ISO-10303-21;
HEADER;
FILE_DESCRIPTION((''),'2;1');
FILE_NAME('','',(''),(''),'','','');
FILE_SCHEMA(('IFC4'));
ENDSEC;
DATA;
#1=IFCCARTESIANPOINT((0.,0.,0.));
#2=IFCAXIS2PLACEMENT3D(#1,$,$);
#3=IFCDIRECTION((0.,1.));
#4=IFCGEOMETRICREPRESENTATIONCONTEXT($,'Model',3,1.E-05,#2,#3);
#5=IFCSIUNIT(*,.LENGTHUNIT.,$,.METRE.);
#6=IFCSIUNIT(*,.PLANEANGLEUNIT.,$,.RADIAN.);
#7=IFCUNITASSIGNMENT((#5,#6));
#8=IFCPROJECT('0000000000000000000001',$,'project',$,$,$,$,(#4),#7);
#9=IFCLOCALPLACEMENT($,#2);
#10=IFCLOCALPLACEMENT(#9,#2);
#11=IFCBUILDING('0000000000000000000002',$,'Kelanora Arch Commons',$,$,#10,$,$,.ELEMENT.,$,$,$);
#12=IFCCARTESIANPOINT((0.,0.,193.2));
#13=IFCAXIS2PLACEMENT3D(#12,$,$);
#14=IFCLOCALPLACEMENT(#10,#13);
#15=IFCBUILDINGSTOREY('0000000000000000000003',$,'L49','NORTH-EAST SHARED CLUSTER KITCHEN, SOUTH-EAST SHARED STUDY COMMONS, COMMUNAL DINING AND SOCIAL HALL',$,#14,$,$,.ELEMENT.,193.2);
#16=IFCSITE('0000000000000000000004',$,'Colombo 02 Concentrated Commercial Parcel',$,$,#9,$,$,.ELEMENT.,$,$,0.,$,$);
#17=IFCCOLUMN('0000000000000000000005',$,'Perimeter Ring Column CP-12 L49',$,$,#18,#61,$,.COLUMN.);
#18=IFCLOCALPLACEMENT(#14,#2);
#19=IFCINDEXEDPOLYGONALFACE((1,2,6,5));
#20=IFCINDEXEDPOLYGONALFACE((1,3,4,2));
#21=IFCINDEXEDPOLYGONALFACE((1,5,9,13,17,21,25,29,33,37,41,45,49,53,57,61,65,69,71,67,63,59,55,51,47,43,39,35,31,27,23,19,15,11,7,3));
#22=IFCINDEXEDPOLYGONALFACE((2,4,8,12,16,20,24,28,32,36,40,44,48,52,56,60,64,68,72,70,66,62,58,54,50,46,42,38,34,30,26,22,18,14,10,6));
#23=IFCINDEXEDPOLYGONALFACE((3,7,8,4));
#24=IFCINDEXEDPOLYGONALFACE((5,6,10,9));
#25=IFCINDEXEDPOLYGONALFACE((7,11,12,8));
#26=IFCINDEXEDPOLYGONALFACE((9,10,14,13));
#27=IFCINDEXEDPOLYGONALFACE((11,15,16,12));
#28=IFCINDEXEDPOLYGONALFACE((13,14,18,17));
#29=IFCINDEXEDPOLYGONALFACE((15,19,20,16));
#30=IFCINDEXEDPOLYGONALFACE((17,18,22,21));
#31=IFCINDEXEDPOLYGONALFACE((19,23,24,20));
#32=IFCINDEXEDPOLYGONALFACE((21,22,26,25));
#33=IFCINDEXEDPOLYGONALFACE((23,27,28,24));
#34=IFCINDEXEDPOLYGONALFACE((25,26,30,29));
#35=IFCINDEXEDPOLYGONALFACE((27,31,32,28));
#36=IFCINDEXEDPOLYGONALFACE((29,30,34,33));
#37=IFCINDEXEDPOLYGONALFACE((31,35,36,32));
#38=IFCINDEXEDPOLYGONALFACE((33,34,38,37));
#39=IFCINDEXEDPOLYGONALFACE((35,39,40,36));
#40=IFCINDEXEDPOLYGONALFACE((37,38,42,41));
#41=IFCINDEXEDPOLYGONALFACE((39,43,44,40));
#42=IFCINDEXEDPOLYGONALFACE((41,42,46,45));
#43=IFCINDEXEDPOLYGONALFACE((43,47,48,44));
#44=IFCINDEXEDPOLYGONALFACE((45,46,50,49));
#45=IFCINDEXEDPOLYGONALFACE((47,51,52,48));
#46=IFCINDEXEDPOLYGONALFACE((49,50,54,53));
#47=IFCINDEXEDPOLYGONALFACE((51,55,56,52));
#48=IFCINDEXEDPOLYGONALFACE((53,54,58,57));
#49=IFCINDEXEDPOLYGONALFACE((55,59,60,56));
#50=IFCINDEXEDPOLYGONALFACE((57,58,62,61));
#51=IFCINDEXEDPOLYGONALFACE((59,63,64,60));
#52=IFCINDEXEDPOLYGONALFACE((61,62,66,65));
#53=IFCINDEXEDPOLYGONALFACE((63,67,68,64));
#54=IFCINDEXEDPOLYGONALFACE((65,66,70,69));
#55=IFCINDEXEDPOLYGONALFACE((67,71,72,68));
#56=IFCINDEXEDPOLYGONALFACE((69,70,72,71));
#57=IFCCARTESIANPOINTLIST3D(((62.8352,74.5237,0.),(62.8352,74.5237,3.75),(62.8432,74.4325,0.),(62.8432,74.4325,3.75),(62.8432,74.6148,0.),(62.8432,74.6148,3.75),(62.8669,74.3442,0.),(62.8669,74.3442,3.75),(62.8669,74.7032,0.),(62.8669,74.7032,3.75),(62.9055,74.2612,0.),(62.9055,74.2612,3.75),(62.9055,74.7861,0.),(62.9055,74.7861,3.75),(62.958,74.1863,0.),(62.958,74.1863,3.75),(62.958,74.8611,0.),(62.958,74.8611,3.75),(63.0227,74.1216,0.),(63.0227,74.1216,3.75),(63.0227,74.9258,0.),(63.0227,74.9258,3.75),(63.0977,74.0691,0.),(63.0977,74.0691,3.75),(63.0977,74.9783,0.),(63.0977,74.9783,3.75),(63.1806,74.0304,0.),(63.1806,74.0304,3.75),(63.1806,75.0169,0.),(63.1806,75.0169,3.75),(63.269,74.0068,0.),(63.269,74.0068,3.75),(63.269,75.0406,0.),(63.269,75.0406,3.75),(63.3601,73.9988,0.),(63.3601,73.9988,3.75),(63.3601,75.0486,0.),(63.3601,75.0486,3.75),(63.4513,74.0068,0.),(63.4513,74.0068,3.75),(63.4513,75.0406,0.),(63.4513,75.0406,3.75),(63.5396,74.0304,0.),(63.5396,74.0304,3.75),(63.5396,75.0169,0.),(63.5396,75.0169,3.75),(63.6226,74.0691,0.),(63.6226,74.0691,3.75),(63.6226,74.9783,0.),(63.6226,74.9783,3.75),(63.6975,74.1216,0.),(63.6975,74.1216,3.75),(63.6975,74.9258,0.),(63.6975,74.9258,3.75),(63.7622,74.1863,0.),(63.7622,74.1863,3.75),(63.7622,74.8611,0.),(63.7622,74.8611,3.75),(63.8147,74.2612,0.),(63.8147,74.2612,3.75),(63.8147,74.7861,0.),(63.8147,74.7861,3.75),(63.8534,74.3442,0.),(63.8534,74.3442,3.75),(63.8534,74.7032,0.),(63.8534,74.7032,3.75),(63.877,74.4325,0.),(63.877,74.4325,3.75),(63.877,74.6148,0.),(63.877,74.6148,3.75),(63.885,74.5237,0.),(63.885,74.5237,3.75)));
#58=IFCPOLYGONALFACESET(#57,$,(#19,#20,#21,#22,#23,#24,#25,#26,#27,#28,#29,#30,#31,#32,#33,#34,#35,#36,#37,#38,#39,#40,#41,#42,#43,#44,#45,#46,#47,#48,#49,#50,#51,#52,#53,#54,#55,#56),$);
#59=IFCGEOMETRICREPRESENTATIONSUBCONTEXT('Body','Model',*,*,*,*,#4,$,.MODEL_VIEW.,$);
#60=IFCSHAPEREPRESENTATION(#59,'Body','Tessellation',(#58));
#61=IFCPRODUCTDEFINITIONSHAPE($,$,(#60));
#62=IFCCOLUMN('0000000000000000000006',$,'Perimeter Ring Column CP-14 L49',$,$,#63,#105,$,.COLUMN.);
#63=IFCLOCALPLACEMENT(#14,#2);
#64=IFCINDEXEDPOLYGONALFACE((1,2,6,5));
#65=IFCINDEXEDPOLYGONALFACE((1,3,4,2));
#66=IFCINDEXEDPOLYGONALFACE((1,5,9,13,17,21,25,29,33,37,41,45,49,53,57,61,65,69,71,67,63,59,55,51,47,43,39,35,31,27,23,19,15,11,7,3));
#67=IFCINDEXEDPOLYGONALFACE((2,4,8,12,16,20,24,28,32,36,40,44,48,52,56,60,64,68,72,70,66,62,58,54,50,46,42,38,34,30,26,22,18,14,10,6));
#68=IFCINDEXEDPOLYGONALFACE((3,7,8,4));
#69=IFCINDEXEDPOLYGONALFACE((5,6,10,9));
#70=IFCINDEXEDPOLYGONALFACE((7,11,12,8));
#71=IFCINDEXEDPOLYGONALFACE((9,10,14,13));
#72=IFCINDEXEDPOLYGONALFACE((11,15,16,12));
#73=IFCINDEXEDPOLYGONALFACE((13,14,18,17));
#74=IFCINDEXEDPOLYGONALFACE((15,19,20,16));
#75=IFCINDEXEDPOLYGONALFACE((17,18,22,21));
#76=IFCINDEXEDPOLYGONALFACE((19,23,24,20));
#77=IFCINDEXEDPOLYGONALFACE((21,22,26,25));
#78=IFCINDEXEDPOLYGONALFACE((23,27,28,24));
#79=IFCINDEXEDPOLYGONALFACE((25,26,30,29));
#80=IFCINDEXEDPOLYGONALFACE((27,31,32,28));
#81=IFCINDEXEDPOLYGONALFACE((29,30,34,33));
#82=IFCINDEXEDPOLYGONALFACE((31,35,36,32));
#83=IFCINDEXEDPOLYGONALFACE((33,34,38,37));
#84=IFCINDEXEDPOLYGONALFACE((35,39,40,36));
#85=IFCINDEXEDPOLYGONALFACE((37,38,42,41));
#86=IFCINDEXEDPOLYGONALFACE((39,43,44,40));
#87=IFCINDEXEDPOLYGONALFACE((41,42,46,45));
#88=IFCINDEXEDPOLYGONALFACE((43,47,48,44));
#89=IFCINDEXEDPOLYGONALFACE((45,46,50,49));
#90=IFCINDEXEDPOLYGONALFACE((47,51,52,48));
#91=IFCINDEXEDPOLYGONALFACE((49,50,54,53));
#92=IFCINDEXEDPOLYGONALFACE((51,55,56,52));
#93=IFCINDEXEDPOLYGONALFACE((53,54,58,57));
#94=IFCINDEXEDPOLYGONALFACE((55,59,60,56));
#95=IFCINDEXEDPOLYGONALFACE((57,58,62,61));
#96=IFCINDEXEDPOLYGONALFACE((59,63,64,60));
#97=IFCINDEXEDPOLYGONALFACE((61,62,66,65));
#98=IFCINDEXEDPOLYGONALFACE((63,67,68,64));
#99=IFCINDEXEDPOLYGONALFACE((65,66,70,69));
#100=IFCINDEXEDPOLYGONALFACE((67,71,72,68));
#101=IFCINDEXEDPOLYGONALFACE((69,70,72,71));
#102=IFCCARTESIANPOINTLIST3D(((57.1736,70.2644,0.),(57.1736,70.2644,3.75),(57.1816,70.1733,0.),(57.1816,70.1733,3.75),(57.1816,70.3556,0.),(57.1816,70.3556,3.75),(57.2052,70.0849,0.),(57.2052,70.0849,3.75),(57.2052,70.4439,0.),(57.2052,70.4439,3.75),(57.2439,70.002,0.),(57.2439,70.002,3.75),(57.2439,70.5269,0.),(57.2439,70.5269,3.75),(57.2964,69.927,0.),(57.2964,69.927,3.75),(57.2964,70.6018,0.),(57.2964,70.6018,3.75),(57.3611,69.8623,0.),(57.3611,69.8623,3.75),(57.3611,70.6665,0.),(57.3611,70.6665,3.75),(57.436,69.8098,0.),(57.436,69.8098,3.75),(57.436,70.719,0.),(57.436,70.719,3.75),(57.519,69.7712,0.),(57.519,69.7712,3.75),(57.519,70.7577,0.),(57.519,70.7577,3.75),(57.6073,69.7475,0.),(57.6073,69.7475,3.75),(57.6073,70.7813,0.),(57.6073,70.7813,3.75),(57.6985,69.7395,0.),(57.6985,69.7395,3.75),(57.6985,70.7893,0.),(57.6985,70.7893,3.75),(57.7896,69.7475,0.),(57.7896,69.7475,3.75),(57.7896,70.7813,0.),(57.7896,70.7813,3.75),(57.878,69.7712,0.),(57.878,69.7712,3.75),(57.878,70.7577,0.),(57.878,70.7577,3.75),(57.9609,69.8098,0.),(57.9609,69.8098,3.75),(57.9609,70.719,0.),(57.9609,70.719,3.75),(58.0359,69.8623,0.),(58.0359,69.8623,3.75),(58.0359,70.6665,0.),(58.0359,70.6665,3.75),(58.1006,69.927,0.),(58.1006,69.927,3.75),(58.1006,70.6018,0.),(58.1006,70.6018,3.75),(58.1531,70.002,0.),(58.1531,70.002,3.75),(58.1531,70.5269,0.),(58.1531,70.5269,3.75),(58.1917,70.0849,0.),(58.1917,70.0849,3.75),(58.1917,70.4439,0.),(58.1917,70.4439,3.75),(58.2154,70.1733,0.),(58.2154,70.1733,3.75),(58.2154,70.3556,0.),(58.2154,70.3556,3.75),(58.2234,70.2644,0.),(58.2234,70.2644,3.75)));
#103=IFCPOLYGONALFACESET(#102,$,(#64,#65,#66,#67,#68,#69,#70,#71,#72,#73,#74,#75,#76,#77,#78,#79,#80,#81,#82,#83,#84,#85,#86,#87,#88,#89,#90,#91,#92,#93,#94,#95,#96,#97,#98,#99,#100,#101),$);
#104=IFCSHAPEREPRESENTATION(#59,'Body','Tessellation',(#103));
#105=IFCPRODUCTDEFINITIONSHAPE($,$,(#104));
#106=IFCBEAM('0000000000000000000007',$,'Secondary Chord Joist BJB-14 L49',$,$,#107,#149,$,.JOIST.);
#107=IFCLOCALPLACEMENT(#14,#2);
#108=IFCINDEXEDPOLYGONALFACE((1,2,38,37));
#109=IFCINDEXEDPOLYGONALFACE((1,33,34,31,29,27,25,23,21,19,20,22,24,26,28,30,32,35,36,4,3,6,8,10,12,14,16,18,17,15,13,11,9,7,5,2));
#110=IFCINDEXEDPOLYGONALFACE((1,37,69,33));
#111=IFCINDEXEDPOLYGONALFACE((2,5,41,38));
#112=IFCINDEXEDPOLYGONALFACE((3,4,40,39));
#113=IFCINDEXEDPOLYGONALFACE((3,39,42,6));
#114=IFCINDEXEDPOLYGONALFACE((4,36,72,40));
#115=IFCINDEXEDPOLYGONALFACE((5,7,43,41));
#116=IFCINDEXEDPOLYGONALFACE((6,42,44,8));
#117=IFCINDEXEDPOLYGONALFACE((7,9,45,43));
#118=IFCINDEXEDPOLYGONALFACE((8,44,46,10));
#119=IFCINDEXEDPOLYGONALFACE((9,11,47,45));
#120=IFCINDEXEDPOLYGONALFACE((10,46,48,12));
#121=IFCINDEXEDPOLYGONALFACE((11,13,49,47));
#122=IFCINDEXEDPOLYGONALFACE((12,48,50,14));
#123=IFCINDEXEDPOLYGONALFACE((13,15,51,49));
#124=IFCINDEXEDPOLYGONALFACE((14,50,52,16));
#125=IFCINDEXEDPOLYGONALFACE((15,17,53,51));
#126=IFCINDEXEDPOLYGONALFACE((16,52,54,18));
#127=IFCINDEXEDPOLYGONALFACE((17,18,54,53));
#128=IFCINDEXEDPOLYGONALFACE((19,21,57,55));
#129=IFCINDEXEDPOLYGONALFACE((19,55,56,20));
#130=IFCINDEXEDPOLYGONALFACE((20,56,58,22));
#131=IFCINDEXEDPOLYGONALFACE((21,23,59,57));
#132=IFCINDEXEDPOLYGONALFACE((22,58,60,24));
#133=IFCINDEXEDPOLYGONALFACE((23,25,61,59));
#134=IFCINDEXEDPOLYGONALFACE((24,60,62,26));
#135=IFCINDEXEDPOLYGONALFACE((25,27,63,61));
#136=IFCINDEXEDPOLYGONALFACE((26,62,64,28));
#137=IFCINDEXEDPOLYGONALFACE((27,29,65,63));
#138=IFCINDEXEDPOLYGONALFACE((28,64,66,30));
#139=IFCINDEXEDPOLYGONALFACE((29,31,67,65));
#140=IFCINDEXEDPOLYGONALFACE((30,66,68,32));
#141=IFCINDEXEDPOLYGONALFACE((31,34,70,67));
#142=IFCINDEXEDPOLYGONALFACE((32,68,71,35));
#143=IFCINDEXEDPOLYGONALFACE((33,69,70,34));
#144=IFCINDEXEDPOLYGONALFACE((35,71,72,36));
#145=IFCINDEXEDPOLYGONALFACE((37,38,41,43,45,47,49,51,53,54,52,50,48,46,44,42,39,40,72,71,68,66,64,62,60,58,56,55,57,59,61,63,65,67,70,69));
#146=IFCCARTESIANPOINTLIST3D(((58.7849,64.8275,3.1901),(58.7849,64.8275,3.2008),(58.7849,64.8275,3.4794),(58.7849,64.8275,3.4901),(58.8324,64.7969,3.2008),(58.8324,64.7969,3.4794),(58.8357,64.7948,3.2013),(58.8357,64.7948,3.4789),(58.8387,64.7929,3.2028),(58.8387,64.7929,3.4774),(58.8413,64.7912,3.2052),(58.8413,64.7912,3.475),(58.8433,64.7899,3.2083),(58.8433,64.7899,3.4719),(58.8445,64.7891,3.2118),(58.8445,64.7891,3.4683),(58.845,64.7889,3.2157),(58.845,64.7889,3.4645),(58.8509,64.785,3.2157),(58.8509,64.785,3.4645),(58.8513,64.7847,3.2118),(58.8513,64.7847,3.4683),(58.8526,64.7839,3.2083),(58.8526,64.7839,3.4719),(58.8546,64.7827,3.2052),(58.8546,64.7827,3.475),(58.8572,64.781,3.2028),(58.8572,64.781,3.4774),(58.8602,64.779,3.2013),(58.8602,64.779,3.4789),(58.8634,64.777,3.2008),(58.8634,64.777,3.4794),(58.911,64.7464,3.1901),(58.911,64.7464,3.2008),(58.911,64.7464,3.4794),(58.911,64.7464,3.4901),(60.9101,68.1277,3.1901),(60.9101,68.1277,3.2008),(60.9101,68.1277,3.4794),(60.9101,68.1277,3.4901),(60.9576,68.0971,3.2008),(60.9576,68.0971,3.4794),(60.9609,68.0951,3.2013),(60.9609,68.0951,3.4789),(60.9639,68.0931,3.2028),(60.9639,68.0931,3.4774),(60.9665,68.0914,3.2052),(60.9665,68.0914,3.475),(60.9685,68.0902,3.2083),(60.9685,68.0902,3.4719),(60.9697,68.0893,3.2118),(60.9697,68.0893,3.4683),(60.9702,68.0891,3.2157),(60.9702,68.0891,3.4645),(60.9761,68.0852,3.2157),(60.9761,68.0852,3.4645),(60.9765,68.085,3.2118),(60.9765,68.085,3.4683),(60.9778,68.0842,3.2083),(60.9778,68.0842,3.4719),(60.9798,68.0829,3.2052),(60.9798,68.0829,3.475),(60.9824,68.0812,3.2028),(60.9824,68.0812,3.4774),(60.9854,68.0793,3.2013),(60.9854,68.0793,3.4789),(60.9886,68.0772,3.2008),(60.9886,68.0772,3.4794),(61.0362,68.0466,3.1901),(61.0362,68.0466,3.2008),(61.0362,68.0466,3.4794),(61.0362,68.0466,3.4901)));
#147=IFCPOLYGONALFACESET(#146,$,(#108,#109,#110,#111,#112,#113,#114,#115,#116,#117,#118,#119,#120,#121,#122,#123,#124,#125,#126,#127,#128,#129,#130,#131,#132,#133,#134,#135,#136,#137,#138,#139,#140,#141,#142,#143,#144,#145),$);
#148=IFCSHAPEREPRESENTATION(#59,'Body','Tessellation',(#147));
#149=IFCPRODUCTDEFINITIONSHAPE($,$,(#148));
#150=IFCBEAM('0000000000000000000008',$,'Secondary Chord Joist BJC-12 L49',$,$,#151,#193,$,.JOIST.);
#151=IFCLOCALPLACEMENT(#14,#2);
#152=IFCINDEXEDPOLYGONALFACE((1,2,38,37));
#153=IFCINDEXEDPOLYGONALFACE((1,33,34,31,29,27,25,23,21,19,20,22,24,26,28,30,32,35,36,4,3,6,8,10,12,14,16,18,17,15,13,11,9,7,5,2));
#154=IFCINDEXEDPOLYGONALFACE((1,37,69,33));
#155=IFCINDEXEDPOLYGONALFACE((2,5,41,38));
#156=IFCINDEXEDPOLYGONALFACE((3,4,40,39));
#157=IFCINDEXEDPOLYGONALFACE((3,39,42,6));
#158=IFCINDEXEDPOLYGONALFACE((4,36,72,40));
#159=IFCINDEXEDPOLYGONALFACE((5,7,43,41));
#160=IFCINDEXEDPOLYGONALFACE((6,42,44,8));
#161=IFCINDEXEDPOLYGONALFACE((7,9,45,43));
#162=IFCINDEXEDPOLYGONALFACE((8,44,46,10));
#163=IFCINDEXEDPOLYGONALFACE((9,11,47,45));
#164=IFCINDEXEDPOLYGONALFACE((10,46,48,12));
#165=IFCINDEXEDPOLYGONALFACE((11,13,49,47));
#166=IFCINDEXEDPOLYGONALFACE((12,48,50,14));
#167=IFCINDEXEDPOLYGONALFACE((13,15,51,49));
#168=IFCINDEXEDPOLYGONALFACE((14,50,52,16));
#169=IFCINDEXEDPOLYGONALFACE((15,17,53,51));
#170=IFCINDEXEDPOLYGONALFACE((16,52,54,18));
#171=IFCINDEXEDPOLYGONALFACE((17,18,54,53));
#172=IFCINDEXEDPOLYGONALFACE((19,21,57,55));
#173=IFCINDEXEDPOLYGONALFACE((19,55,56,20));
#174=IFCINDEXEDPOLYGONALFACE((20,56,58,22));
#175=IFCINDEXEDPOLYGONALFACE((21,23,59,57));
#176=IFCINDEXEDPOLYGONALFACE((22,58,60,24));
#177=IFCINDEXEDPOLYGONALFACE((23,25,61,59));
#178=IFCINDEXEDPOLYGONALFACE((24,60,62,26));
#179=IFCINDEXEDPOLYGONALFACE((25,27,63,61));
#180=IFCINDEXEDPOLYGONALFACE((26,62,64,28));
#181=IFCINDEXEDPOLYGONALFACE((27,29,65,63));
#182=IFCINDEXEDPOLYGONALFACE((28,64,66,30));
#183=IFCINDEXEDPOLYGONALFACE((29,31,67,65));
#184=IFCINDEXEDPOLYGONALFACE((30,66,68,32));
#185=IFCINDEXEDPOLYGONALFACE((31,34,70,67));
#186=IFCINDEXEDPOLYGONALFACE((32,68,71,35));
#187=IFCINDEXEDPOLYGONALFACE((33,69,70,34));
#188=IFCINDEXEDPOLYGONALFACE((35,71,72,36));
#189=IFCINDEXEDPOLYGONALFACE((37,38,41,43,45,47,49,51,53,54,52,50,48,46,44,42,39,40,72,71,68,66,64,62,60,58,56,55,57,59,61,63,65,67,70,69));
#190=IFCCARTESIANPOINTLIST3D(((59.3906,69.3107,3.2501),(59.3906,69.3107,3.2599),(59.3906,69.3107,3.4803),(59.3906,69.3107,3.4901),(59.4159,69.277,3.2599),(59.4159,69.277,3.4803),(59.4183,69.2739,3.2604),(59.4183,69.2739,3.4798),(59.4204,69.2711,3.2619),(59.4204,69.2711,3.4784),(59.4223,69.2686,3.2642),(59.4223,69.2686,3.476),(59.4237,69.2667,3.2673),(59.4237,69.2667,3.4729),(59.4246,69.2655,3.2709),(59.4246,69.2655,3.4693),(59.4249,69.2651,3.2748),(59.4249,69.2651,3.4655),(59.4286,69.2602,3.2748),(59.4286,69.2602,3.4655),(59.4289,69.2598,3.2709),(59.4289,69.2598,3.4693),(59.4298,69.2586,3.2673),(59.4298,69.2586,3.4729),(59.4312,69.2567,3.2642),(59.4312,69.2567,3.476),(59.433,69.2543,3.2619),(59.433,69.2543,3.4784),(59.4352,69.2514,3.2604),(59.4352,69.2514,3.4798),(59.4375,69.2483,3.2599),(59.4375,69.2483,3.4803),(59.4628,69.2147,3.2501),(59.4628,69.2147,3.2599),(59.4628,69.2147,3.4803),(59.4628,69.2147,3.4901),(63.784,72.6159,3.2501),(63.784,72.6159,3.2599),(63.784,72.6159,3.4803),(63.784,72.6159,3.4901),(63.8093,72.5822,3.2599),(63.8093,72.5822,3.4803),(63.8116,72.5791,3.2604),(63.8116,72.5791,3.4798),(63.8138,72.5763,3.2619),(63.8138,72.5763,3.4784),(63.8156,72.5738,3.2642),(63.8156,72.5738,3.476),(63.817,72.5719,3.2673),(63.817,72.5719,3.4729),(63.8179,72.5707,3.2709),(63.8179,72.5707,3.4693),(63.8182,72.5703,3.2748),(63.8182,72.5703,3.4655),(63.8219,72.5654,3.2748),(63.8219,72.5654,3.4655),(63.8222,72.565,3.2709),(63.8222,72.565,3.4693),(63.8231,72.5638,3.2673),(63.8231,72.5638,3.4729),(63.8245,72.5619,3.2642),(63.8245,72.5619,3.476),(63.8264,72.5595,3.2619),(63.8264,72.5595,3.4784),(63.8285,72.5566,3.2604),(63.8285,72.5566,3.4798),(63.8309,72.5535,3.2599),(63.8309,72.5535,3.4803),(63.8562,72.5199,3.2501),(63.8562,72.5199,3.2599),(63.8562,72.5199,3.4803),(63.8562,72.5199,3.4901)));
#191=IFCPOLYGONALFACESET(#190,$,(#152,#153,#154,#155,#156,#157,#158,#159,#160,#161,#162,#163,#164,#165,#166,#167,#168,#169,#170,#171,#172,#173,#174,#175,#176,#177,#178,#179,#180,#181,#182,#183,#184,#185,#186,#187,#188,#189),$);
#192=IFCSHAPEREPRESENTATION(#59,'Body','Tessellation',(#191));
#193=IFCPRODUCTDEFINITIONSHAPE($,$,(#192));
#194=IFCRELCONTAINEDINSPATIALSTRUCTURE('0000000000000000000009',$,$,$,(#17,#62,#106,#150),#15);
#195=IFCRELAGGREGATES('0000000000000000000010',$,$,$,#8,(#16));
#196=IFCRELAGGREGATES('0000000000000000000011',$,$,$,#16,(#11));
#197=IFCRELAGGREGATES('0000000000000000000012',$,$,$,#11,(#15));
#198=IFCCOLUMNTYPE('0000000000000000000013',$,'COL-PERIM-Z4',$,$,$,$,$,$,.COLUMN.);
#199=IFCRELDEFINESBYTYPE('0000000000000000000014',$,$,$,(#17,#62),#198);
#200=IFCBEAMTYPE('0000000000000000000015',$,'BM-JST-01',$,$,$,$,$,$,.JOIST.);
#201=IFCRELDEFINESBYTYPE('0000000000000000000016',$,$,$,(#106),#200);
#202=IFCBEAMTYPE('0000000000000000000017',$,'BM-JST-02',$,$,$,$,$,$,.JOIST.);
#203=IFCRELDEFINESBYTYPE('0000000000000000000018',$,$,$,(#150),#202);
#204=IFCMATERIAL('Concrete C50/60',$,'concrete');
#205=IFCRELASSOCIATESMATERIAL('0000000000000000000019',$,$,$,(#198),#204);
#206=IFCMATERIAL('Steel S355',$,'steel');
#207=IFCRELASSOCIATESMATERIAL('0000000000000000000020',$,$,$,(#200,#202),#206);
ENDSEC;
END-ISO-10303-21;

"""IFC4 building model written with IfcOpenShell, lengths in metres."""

from ifc_helpers import new_model, si_unit, direction, frame, origin, origin_2d, place, context, subcontext, project, spatial, circle, i_section, extrude, material, material_profile, profile_set, type_object, element, save


model = new_model("IFC4")

# Units and contexts
model_context = context("Model", 3, precision=1e-05, world=origin(), true_north=direction((0.0, 1.0)))
body_context = subcontext(model_context, "Body", "Model", "MODEL_VIEW")
ifc_project = project(units=[si_unit("LENGTHUNIT", "METRE"), si_unit("PLANEANGLEUNIT", "RADIAN")], contexts=[model_context])

# Site, building, storey
site_placement = place(None, origin())
site = spatial("IfcSite", under=ifc_project, at=site_placement, Name="Colombo 02 Concentrated Commercial Parcel", CompositionType="ELEMENT", RefElevation=0.0)
building_placement = place(site_placement, origin())
building = spatial("IfcBuilding", under=site, at=building_placement, Name="Kelanora Arch Commons", CompositionType="ELEMENT")
storey_placement = place(building_placement, frame((0.0, 0.0, 193.2)))
storey = spatial("IfcBuildingStorey", under=building, at=storey_placement, Name="L49", Description="NORTH-EAST SHARED CLUSTER KITCHEN, SOUTH-EAST SHARED STUDY COMMONS, COMMUNAL DINING AND SOCIAL HALL", CompositionType="ELEMENT", Elevation=193.2)

# Columns
ifc_material_1 = material(Name="Concrete C50/60", Category="concrete")
ifc_material_profile_1 = material_profile(ifc_material_1, circle(Radius=0.5249, at=origin_2d()), Name="RCC1050")
ifc_profile_set_1 = profile_set([ifc_material_profile_1], Name="Concrete C50/60")
column_type = type_object("IfcColumnType", Name="COL-PERIM-Z4", PredefinedType="COLUMN", material=ifc_profile_set_1)
for number, where, z_axis, x_axis, name in (
    (1, (63.3601, 74.5237, 0.0), (0.0, 0.0, 1.0), (1.0, 0.0, 0.0), "Perimeter Ring Column CP-12 L49"),
    (2, (57.6985, 70.2644, 0.0), (0.0, 0.0, 1.0), (1.0, 0.0, 0.0), "Perimeter Ring Column CP-14 L49"),
):
    element("IfcColumn", number, at=place(storey_placement, frame(where, z_axis=z_axis, x_axis=x_axis)), inside=storey, type_object=column_type, Name=name, PredefinedType="COLUMN", context=body_context, shape_type="SweptSolid", body=[
        extrude(circle(Radius=0.5249, at=origin_2d()), origin(), (0.0, 0.0, 1.0), 3.75),
    ])

# Beams
ifc_material_2 = material(Name="Steel S355", Category="steel")
ifc_material_profile_2 = material_profile(ifc_material_2, i_section(OverallWidth=0.1499, OverallDepth=0.3, WebThickness=0.0071, FlangeThickness=0.0107, FilletRadius=0.0149, at=origin_2d()), Name="IPE300")
ifc_profile_set_2 = profile_set([ifc_material_profile_2], Name="Steel S355")
beam_type_1 = type_object("IfcBeamType", Name="BM-JST-01", PredefinedType="JOIST", material=ifc_profile_set_2)
beam_1_placement = place(storey_placement, frame((60.9731, 68.0872, 3.3401), z_axis=(-0.541411, -0.840758, 0.0), x_axis=(0.840758, -0.541411, 0.0)))
element("IfcBeam", 3, at=beam_1_placement, inside=storey, type_object=beam_type_1, Name="Secondary Chord Joist BJB-14 L49", PredefinedType="JOIST", context=body_context, shape_type="SweptSolid", body=[
    extrude(i_section(OverallWidth=0.1499, OverallDepth=0.3, WebThickness=0.0071, FlangeThickness=0.0107, FilletRadius=0.0149, at=origin_2d()), origin(), (0.0, 0.0, 1.0), 3.9253),
])
ifc_material_profile_3 = material_profile(ifc_material_2, i_section(OverallWidth=0.1201, OverallDepth=0.24, WebThickness=0.0061, FlangeThickness=0.0098, FilletRadius=0.0149, at=origin_2d()), Name="IPE240")
ifc_profile_set_3 = profile_set([ifc_material_profile_3], Name="Steel S355")
beam_type_2 = type_object("IfcBeamType", Name="BM-JST-02", PredefinedType="JOIST", material=ifc_profile_set_3)
beam_2_placement = place(storey_placement, frame((63.8201, 72.5679, 3.3701), z_axis=(-0.799109, -0.601186, 0.0), x_axis=(0.601186, -0.799109, 0.0)))
element("IfcBeam", 4, at=beam_2_placement, inside=storey, type_object=beam_type_2, Name="Secondary Chord Joist BJC-12 L49", PredefinedType="JOIST", context=body_context, shape_type="SweptSolid", body=[
    extrude(i_section(OverallWidth=0.1201, OverallDepth=0.24, WebThickness=0.0061, FlangeThickness=0.0098, FilletRadius=0.0149, at=origin_2d()), origin(), (0.0, 0.0, 1.0), 5.4978),
])

save(model, "model.ifc")
